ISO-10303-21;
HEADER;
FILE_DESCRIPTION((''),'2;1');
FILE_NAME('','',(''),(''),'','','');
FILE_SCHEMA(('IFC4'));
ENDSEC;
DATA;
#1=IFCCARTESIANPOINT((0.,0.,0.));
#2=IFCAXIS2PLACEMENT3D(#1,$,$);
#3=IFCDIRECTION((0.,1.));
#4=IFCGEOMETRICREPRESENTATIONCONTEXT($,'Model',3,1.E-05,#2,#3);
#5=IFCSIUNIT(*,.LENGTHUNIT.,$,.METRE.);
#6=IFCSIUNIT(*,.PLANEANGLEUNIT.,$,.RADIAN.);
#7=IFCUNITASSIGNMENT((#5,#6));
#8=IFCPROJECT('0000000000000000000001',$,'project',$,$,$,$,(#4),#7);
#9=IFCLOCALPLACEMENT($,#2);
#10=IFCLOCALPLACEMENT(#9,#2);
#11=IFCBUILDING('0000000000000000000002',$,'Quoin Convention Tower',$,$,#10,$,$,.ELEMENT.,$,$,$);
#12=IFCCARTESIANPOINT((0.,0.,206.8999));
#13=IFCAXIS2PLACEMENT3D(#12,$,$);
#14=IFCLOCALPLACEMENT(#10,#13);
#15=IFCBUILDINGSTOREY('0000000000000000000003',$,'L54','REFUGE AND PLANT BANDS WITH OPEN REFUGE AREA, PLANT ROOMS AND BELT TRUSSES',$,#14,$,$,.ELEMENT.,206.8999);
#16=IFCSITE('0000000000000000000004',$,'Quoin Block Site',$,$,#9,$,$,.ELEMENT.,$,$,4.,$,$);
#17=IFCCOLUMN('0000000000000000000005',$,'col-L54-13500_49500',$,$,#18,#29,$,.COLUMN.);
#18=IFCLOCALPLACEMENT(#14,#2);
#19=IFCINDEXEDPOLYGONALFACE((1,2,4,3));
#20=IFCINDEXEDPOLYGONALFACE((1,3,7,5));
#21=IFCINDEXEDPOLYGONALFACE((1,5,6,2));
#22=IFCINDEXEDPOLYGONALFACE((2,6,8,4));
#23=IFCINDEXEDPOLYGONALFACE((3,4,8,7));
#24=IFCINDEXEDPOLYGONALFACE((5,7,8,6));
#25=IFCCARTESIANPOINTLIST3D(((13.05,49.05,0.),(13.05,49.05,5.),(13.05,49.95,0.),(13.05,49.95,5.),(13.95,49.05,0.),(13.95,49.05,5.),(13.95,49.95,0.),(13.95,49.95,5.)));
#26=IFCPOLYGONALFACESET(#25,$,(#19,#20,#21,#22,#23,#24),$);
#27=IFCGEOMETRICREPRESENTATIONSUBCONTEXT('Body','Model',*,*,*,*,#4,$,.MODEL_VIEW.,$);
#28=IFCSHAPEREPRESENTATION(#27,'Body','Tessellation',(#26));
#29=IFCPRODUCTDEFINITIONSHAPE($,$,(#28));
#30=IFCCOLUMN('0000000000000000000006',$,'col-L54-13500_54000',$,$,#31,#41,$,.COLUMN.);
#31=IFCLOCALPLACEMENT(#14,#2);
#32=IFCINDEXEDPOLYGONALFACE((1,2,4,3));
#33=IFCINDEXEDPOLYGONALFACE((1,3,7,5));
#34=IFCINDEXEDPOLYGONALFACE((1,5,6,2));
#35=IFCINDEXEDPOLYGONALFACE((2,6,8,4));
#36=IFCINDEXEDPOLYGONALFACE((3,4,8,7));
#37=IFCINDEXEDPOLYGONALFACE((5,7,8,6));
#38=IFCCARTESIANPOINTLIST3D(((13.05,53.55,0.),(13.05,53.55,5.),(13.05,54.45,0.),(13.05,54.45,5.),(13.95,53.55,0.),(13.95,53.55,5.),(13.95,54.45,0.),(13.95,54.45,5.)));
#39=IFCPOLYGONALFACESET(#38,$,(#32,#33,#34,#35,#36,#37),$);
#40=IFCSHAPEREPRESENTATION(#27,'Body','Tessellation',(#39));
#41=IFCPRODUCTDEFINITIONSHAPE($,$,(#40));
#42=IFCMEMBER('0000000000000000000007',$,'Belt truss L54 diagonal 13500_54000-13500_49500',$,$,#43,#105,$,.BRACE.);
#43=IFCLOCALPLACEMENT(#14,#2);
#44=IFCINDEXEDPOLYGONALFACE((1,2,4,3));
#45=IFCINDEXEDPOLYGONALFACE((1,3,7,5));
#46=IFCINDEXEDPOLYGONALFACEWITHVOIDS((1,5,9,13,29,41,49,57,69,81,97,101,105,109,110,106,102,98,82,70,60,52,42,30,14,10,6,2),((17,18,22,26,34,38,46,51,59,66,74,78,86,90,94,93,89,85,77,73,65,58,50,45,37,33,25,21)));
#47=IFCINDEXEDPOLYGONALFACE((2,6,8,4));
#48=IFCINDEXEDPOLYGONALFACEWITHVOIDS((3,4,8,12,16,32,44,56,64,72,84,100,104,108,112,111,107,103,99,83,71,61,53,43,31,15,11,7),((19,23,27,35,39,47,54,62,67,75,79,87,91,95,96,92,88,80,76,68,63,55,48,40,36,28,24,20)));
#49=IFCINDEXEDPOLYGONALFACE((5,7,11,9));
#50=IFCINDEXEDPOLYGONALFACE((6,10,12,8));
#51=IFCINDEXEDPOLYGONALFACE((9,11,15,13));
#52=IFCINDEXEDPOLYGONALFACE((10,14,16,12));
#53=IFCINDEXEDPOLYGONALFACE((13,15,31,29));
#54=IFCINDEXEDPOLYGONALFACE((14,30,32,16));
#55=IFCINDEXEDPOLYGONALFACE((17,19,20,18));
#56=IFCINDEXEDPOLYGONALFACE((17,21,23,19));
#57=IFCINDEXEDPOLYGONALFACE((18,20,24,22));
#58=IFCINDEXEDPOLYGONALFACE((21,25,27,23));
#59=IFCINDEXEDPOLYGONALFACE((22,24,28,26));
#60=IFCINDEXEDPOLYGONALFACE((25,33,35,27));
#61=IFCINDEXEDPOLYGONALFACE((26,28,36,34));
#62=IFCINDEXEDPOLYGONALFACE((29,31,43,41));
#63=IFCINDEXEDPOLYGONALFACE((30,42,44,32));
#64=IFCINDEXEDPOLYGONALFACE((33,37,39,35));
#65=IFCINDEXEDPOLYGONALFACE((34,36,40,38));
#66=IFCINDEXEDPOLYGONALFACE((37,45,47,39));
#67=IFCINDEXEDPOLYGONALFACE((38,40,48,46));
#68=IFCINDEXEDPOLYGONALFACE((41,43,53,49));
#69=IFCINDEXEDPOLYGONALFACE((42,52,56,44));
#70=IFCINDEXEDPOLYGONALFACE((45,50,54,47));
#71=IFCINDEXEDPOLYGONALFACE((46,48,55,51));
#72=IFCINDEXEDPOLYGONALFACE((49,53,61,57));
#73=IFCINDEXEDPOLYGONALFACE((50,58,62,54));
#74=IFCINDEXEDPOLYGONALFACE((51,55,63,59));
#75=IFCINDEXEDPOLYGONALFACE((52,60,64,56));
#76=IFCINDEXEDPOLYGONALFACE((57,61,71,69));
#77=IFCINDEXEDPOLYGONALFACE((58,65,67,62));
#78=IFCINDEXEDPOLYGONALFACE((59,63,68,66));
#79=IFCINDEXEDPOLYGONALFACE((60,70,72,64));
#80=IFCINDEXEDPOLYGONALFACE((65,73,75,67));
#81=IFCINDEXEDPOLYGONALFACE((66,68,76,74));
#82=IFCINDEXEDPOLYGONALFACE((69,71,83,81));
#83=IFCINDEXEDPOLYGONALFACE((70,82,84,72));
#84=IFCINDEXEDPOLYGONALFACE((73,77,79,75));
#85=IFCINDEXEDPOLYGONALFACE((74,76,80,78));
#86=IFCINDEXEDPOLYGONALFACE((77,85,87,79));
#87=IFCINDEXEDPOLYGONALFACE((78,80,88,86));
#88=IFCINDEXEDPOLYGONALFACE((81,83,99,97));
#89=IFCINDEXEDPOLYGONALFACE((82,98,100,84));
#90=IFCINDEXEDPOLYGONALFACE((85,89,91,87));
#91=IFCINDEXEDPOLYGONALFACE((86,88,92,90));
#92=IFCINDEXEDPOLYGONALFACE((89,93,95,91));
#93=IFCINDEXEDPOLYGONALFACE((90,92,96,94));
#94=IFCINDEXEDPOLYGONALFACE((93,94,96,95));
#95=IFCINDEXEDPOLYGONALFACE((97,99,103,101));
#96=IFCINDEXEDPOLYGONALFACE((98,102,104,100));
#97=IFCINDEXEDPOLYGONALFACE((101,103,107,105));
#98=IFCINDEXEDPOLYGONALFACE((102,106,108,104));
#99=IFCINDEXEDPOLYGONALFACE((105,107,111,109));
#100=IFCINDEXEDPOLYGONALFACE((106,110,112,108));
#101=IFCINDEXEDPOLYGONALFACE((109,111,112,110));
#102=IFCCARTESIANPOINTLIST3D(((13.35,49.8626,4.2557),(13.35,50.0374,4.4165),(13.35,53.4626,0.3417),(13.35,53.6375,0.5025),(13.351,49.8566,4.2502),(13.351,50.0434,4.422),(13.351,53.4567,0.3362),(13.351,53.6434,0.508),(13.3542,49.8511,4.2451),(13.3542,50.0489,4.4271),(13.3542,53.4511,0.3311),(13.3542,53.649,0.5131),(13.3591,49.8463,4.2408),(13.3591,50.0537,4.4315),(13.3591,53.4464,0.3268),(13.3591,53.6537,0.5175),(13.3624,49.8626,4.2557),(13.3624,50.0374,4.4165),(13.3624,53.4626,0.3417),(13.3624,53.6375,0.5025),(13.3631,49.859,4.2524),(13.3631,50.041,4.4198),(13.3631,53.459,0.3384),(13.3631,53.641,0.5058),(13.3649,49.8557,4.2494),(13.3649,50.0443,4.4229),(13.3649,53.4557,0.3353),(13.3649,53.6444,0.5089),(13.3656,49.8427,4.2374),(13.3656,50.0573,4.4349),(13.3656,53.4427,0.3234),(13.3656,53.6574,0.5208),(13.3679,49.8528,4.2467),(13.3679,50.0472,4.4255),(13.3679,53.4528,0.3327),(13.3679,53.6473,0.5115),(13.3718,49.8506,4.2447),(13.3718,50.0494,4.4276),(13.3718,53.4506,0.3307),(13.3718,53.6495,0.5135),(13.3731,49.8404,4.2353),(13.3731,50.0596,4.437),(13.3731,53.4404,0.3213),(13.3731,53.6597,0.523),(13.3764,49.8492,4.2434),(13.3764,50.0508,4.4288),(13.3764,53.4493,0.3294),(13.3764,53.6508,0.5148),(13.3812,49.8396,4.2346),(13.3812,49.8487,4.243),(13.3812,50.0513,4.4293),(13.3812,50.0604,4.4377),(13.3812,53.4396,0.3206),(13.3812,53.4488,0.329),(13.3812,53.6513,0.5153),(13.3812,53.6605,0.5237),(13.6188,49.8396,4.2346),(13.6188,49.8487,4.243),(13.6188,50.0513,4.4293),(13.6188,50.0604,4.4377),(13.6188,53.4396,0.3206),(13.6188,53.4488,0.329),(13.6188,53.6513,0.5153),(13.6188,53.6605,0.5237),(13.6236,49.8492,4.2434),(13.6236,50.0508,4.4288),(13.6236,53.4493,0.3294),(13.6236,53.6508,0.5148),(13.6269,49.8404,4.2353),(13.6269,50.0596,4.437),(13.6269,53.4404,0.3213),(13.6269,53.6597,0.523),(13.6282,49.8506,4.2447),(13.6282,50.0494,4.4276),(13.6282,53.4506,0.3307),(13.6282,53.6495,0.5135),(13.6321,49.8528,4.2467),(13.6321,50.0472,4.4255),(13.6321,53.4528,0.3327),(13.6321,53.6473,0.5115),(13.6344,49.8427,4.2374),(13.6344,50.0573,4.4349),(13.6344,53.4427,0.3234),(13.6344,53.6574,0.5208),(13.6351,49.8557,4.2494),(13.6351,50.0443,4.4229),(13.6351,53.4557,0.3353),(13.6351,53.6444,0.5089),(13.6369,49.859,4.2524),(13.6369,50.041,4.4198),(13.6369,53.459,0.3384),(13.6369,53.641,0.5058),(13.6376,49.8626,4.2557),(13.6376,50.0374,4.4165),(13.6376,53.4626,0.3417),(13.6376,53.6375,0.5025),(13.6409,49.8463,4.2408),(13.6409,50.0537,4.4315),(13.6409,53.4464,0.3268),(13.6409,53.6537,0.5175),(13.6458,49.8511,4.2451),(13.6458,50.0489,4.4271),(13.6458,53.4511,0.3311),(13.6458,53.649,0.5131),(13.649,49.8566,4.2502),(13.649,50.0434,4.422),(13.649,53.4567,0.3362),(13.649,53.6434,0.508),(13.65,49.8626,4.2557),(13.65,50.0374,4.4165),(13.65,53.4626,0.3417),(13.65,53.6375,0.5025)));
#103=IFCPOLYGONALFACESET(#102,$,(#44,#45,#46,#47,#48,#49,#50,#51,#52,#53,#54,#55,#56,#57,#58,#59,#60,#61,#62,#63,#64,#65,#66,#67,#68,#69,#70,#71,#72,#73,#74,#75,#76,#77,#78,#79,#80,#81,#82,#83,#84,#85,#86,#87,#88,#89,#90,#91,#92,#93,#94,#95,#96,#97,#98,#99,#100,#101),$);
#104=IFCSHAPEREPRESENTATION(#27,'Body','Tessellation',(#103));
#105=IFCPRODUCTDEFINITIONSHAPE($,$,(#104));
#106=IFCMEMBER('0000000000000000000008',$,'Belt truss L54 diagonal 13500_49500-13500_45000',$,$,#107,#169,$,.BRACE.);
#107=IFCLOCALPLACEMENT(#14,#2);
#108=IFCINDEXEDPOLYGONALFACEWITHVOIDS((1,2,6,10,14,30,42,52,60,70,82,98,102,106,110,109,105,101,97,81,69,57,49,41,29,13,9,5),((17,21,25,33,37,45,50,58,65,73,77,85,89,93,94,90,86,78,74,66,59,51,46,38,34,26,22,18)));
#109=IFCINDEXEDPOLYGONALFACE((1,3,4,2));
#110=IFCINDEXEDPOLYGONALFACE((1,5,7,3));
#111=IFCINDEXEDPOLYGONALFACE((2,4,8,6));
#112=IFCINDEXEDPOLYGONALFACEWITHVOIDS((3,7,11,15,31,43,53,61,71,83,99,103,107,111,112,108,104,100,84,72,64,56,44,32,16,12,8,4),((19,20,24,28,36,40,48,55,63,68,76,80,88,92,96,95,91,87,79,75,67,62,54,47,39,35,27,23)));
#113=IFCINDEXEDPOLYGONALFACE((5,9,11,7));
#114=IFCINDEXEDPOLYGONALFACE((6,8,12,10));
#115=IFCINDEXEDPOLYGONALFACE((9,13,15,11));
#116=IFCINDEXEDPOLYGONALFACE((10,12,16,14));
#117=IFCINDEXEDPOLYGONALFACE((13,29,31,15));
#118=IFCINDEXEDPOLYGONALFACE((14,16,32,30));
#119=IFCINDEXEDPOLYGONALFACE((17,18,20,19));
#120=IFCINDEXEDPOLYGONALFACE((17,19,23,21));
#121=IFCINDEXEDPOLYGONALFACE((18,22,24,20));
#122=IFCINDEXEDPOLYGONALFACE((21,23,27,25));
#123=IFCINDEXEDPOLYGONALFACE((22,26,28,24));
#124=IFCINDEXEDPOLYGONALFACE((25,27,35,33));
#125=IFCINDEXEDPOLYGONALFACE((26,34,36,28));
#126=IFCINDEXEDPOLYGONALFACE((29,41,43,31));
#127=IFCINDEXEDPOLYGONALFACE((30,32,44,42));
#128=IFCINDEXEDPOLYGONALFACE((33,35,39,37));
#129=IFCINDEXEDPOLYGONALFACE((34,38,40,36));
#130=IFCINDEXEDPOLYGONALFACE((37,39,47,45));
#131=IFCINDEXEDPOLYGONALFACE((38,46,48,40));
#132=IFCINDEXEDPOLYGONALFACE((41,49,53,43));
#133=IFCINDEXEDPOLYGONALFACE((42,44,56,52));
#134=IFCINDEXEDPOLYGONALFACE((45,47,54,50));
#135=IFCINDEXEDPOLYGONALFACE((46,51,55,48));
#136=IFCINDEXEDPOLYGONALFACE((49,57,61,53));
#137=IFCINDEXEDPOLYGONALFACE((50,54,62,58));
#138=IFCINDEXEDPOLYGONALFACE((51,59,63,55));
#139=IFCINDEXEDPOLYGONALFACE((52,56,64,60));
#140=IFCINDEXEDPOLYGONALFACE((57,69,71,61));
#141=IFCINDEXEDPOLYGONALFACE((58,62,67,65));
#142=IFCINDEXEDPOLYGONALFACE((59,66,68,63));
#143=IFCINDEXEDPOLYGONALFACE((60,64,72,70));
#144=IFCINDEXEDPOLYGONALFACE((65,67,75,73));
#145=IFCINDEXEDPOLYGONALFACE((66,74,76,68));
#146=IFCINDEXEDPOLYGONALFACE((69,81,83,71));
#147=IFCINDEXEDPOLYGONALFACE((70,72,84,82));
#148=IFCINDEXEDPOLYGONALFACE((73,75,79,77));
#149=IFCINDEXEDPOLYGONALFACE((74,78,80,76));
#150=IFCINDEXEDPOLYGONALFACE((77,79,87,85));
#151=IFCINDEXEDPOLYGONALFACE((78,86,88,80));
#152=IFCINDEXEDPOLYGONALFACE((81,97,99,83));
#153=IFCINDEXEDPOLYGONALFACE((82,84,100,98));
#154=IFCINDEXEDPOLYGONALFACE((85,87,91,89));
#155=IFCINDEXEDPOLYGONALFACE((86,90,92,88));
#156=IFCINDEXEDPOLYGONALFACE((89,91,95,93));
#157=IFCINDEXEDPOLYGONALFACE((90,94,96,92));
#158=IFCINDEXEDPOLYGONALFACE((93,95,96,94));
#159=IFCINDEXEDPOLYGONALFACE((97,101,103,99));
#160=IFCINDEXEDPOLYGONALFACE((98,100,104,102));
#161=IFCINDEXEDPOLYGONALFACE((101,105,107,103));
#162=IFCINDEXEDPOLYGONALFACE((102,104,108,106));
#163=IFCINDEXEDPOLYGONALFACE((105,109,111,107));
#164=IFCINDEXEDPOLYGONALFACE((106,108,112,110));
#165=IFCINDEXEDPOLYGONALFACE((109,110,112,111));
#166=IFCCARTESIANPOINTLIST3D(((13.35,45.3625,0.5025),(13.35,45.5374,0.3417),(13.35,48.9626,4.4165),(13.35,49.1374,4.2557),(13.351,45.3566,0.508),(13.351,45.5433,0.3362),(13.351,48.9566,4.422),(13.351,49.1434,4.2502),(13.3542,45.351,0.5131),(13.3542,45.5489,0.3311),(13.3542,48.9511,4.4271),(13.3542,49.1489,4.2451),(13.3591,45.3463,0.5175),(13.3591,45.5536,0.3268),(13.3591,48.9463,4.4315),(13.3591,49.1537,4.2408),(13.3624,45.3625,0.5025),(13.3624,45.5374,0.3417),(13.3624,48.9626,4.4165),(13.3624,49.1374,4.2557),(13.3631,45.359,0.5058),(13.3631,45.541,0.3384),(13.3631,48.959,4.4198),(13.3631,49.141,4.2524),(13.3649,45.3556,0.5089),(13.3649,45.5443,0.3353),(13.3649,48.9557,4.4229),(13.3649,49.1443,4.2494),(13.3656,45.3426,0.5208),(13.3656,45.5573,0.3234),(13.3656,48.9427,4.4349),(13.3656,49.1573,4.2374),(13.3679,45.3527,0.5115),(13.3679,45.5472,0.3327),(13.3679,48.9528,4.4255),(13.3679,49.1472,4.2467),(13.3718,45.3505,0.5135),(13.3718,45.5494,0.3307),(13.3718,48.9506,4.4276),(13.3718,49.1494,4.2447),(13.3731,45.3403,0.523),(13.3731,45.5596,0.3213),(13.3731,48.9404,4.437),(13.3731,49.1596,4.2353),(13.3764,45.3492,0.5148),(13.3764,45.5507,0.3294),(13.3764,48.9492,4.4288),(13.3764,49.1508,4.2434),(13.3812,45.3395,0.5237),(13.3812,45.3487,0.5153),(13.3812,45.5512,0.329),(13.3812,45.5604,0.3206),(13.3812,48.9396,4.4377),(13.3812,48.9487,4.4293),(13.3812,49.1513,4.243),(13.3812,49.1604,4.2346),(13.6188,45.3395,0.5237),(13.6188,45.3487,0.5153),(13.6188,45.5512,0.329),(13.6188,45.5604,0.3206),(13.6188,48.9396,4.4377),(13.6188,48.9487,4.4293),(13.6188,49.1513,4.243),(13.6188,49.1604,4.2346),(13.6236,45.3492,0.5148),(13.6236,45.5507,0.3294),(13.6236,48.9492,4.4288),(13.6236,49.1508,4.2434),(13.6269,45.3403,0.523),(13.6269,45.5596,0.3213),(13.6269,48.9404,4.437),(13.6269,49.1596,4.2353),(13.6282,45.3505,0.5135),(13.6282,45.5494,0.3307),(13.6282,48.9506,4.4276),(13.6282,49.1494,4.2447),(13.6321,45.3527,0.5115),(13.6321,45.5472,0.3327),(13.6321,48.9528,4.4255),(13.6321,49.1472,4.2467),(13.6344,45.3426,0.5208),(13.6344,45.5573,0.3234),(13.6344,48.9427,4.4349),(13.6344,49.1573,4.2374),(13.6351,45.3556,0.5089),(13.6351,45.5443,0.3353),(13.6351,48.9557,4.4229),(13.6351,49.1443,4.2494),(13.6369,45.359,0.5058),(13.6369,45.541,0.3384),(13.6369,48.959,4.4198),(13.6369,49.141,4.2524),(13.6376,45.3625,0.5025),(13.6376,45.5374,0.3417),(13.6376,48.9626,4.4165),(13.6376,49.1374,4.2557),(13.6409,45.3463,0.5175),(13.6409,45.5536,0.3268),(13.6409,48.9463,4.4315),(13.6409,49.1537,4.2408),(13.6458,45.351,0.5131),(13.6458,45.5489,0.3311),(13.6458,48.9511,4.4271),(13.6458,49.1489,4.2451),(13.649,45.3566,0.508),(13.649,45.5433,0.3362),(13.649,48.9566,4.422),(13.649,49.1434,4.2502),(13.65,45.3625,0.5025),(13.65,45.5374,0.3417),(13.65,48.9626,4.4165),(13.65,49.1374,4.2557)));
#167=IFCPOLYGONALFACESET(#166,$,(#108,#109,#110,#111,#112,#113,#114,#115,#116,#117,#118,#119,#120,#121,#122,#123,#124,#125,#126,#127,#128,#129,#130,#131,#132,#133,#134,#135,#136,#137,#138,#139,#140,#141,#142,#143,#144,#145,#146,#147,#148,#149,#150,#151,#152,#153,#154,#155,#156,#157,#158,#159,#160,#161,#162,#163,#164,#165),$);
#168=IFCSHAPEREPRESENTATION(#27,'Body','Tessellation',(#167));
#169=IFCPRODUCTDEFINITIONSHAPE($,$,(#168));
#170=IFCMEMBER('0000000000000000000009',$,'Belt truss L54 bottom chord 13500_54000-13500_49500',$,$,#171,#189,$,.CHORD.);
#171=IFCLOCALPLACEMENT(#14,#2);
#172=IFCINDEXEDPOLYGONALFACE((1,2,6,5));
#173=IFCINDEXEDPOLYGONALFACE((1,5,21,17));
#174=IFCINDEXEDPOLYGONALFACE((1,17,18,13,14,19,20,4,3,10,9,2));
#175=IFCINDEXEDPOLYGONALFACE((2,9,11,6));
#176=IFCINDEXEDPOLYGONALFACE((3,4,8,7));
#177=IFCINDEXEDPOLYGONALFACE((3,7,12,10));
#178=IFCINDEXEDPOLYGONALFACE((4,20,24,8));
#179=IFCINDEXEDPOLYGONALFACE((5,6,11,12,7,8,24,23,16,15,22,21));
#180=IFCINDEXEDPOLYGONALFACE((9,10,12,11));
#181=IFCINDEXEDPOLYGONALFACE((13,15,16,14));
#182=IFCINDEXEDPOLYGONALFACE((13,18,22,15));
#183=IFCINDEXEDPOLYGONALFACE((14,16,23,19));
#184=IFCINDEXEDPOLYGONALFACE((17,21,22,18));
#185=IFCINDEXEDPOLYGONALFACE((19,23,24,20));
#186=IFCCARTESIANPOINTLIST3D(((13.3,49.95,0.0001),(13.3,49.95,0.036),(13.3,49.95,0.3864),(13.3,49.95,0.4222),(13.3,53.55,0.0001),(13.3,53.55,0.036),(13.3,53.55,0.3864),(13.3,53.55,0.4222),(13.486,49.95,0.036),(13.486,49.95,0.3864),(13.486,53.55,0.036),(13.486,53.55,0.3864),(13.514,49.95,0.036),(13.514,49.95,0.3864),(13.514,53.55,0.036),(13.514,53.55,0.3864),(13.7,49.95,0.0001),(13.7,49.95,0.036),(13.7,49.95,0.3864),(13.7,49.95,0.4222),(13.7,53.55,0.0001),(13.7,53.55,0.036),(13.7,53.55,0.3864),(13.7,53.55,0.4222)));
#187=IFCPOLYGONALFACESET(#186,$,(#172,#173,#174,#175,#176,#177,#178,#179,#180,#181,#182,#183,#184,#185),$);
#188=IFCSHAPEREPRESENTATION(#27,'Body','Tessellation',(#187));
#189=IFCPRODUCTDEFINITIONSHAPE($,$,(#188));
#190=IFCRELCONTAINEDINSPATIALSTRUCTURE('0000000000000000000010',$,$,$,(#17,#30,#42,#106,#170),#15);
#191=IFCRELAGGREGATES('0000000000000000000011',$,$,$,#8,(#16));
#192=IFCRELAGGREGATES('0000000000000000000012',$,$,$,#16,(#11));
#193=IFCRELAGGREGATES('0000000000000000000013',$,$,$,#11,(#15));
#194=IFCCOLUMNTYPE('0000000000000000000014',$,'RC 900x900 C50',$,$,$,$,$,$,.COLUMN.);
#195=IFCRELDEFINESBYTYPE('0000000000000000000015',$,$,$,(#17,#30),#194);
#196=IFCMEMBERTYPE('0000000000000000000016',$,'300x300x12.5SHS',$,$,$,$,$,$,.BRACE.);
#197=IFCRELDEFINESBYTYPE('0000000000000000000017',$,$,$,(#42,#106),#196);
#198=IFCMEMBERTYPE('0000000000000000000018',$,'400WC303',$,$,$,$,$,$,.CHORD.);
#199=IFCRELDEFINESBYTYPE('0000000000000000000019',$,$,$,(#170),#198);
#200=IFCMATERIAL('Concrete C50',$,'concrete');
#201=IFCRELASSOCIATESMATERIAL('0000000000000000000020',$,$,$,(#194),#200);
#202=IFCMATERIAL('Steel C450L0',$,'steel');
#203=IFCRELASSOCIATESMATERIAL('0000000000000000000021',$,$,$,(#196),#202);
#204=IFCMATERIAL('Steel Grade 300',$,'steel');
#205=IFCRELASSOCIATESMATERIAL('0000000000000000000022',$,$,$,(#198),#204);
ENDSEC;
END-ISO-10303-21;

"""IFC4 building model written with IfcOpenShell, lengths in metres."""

from ifc_helpers import new_model, si_unit, direction, frame, origin, origin_2d, place, context, subcontext, project, spatial, rectangle, hollow_rectangle, i_section, extrude, material, material_profile, profile_set, type_object, element, save


model = new_model("IFC4")

# Units and contexts
model_context = context("Model", 3, precision=1e-05, world=origin(), true_north=direction((0.0, 1.0)))
body_context = subcontext(model_context, "Body", "Model", "MODEL_VIEW")
ifc_project = project(units=[si_unit("LENGTHUNIT", "METRE"), si_unit("PLANEANGLEUNIT", "RADIAN")], contexts=[model_context])

# Site, building, storey
site_placement = place(None, origin())
site = spatial("IfcSite", under=ifc_project, at=site_placement, Name="Quoin Block Site", CompositionType="ELEMENT", RefElevation=4.0)
building_placement = place(site_placement, origin())
building = spatial("IfcBuilding", under=site, at=building_placement, Name="Quoin Convention Tower", CompositionType="ELEMENT")
storey_placement = place(building_placement, frame((0.0, 0.0, 206.8999)))
storey = spatial("IfcBuildingStorey", under=building, at=storey_placement, Name="L54", Description="REFUGE AND PLANT BANDS WITH OPEN REFUGE AREA, PLANT ROOMS AND BELT TRUSSES", CompositionType="ELEMENT", Elevation=206.8999)

# Columns
ifc_material_1 = material(Name="Concrete C50", Category="concrete")
ifc_material_profile_1 = material_profile(ifc_material_1, rectangle(XDim=0.8999, YDim=0.8999, at=origin_2d()), Name="RC 900x900")
ifc_profile_set_1 = profile_set([ifc_material_profile_1], Name="Concrete C50")
column_type = type_object("IfcColumnType", Name="RC 900x900 C50", PredefinedType="COLUMN", material=ifc_profile_set_1)
for number, where, z_axis, x_axis, name in (
    (1, (13.5, 49.5, 0.0), (0.0, 0.0, 1.0), (1.0, 0.0, 0.0), "col-L54-13500_49500"),
    (2, (13.5, 54.0, 0.0), (0.0, 0.0, 1.0), (1.0, 0.0, 0.0), "col-L54-13500_54000"),
):
    element("IfcColumn", number, at=place(storey_placement, frame(where, z_axis=z_axis, x_axis=x_axis)), inside=storey, type_object=column_type, Name=name, PredefinedType="COLUMN", context=body_context, shape_type="SweptSolid", body=[
        extrude(rectangle(XDim=0.8999, YDim=0.8999, at=origin_2d()), origin(), (0.0, 0.0, 1.0), 5.0),
    ])

# Members
ifc_material_2 = material(Name="Steel C450L0", Category="steel")
ifc_material_profile_2 = material_profile(ifc_material_2, hollow_rectangle(XDim=0.3, YDim=0.3, WallThickness=0.0125, InnerFilletRadius=0.0188, OuterFilletRadius=0.0312, at=origin_2d()), Name="300x300x12.5SHS")
ifc_profile_set_2 = profile_set([ifc_material_profile_2], Name="Steel C450L0")
member_type_1 = type_object("IfcMemberType", Name="300x300x12.5SHS", PredefinedType="BRACE", material=ifc_profile_set_2)
for number, where, z_axis, x_axis, name in (
    (3, (13.5, 53.55, 0.4221), (0.0, -0.676971, 0.73601), (1.0, 0.0, 0.0), "Belt truss L54 diagonal 13500_54000-13500_49500"),
    (4, (13.5, 45.45, 0.4221), (0.0, 0.676971, 0.73601), (-1.0, 0.0, 0.0), "Belt truss L54 diagonal 13500_49500-13500_45000"),
):
    element("IfcMember", number, at=place(storey_placement, frame(where, z_axis=z_axis, x_axis=x_axis)), inside=storey, type_object=member_type_1, Name=name, PredefinedType="BRACE", context=body_context, shape_type="SweptSolid", body=[
        extrude(hollow_rectangle(XDim=0.3, YDim=0.3, WallThickness=0.0125, InnerFilletRadius=0.0188, OuterFilletRadius=0.0312, at=origin_2d()), origin(), (0.0, 0.0, 1.0), 5.3179),
    ])
ifc_material_3 = material(Name="Steel Grade 300", Category="steel")
ifc_material_profile_3 = material_profile(ifc_material_3, i_section(OverallWidth=0.3999, OverallDepth=0.4221, WebThickness=0.0281, FlangeThickness=0.0359, at=origin_2d()), Name="400WC303")
ifc_profile_set_3 = profile_set([ifc_material_profile_3], Name="Steel Grade 300")
member_type_2 = type_object("IfcMemberType", Name="400WC303", PredefinedType="CHORD", material=ifc_profile_set_3)
for number, where, z_axis, x_axis, name in (
    (5, (13.5, 53.55, 0.2112), (0.0, -1.0, 0.0), (1.0, 0.0, 0.0), "Belt truss L54 bottom chord 13500_54000-13500_49500"),
):
    element("IfcMember", number, at=place(storey_placement, frame(where, z_axis=z_axis, x_axis=x_axis)), inside=storey, type_object=member_type_2, Name=name, PredefinedType="CHORD", context=body_context, shape_type="SweptSolid", body=[
        extrude(i_section(OverallWidth=0.3999, OverallDepth=0.4221, WebThickness=0.0281, FlangeThickness=0.0359, at=origin_2d()), origin(), (0.0, 0.0, 1.0), 3.6001),
    ])

save(model, "model.ifc")
